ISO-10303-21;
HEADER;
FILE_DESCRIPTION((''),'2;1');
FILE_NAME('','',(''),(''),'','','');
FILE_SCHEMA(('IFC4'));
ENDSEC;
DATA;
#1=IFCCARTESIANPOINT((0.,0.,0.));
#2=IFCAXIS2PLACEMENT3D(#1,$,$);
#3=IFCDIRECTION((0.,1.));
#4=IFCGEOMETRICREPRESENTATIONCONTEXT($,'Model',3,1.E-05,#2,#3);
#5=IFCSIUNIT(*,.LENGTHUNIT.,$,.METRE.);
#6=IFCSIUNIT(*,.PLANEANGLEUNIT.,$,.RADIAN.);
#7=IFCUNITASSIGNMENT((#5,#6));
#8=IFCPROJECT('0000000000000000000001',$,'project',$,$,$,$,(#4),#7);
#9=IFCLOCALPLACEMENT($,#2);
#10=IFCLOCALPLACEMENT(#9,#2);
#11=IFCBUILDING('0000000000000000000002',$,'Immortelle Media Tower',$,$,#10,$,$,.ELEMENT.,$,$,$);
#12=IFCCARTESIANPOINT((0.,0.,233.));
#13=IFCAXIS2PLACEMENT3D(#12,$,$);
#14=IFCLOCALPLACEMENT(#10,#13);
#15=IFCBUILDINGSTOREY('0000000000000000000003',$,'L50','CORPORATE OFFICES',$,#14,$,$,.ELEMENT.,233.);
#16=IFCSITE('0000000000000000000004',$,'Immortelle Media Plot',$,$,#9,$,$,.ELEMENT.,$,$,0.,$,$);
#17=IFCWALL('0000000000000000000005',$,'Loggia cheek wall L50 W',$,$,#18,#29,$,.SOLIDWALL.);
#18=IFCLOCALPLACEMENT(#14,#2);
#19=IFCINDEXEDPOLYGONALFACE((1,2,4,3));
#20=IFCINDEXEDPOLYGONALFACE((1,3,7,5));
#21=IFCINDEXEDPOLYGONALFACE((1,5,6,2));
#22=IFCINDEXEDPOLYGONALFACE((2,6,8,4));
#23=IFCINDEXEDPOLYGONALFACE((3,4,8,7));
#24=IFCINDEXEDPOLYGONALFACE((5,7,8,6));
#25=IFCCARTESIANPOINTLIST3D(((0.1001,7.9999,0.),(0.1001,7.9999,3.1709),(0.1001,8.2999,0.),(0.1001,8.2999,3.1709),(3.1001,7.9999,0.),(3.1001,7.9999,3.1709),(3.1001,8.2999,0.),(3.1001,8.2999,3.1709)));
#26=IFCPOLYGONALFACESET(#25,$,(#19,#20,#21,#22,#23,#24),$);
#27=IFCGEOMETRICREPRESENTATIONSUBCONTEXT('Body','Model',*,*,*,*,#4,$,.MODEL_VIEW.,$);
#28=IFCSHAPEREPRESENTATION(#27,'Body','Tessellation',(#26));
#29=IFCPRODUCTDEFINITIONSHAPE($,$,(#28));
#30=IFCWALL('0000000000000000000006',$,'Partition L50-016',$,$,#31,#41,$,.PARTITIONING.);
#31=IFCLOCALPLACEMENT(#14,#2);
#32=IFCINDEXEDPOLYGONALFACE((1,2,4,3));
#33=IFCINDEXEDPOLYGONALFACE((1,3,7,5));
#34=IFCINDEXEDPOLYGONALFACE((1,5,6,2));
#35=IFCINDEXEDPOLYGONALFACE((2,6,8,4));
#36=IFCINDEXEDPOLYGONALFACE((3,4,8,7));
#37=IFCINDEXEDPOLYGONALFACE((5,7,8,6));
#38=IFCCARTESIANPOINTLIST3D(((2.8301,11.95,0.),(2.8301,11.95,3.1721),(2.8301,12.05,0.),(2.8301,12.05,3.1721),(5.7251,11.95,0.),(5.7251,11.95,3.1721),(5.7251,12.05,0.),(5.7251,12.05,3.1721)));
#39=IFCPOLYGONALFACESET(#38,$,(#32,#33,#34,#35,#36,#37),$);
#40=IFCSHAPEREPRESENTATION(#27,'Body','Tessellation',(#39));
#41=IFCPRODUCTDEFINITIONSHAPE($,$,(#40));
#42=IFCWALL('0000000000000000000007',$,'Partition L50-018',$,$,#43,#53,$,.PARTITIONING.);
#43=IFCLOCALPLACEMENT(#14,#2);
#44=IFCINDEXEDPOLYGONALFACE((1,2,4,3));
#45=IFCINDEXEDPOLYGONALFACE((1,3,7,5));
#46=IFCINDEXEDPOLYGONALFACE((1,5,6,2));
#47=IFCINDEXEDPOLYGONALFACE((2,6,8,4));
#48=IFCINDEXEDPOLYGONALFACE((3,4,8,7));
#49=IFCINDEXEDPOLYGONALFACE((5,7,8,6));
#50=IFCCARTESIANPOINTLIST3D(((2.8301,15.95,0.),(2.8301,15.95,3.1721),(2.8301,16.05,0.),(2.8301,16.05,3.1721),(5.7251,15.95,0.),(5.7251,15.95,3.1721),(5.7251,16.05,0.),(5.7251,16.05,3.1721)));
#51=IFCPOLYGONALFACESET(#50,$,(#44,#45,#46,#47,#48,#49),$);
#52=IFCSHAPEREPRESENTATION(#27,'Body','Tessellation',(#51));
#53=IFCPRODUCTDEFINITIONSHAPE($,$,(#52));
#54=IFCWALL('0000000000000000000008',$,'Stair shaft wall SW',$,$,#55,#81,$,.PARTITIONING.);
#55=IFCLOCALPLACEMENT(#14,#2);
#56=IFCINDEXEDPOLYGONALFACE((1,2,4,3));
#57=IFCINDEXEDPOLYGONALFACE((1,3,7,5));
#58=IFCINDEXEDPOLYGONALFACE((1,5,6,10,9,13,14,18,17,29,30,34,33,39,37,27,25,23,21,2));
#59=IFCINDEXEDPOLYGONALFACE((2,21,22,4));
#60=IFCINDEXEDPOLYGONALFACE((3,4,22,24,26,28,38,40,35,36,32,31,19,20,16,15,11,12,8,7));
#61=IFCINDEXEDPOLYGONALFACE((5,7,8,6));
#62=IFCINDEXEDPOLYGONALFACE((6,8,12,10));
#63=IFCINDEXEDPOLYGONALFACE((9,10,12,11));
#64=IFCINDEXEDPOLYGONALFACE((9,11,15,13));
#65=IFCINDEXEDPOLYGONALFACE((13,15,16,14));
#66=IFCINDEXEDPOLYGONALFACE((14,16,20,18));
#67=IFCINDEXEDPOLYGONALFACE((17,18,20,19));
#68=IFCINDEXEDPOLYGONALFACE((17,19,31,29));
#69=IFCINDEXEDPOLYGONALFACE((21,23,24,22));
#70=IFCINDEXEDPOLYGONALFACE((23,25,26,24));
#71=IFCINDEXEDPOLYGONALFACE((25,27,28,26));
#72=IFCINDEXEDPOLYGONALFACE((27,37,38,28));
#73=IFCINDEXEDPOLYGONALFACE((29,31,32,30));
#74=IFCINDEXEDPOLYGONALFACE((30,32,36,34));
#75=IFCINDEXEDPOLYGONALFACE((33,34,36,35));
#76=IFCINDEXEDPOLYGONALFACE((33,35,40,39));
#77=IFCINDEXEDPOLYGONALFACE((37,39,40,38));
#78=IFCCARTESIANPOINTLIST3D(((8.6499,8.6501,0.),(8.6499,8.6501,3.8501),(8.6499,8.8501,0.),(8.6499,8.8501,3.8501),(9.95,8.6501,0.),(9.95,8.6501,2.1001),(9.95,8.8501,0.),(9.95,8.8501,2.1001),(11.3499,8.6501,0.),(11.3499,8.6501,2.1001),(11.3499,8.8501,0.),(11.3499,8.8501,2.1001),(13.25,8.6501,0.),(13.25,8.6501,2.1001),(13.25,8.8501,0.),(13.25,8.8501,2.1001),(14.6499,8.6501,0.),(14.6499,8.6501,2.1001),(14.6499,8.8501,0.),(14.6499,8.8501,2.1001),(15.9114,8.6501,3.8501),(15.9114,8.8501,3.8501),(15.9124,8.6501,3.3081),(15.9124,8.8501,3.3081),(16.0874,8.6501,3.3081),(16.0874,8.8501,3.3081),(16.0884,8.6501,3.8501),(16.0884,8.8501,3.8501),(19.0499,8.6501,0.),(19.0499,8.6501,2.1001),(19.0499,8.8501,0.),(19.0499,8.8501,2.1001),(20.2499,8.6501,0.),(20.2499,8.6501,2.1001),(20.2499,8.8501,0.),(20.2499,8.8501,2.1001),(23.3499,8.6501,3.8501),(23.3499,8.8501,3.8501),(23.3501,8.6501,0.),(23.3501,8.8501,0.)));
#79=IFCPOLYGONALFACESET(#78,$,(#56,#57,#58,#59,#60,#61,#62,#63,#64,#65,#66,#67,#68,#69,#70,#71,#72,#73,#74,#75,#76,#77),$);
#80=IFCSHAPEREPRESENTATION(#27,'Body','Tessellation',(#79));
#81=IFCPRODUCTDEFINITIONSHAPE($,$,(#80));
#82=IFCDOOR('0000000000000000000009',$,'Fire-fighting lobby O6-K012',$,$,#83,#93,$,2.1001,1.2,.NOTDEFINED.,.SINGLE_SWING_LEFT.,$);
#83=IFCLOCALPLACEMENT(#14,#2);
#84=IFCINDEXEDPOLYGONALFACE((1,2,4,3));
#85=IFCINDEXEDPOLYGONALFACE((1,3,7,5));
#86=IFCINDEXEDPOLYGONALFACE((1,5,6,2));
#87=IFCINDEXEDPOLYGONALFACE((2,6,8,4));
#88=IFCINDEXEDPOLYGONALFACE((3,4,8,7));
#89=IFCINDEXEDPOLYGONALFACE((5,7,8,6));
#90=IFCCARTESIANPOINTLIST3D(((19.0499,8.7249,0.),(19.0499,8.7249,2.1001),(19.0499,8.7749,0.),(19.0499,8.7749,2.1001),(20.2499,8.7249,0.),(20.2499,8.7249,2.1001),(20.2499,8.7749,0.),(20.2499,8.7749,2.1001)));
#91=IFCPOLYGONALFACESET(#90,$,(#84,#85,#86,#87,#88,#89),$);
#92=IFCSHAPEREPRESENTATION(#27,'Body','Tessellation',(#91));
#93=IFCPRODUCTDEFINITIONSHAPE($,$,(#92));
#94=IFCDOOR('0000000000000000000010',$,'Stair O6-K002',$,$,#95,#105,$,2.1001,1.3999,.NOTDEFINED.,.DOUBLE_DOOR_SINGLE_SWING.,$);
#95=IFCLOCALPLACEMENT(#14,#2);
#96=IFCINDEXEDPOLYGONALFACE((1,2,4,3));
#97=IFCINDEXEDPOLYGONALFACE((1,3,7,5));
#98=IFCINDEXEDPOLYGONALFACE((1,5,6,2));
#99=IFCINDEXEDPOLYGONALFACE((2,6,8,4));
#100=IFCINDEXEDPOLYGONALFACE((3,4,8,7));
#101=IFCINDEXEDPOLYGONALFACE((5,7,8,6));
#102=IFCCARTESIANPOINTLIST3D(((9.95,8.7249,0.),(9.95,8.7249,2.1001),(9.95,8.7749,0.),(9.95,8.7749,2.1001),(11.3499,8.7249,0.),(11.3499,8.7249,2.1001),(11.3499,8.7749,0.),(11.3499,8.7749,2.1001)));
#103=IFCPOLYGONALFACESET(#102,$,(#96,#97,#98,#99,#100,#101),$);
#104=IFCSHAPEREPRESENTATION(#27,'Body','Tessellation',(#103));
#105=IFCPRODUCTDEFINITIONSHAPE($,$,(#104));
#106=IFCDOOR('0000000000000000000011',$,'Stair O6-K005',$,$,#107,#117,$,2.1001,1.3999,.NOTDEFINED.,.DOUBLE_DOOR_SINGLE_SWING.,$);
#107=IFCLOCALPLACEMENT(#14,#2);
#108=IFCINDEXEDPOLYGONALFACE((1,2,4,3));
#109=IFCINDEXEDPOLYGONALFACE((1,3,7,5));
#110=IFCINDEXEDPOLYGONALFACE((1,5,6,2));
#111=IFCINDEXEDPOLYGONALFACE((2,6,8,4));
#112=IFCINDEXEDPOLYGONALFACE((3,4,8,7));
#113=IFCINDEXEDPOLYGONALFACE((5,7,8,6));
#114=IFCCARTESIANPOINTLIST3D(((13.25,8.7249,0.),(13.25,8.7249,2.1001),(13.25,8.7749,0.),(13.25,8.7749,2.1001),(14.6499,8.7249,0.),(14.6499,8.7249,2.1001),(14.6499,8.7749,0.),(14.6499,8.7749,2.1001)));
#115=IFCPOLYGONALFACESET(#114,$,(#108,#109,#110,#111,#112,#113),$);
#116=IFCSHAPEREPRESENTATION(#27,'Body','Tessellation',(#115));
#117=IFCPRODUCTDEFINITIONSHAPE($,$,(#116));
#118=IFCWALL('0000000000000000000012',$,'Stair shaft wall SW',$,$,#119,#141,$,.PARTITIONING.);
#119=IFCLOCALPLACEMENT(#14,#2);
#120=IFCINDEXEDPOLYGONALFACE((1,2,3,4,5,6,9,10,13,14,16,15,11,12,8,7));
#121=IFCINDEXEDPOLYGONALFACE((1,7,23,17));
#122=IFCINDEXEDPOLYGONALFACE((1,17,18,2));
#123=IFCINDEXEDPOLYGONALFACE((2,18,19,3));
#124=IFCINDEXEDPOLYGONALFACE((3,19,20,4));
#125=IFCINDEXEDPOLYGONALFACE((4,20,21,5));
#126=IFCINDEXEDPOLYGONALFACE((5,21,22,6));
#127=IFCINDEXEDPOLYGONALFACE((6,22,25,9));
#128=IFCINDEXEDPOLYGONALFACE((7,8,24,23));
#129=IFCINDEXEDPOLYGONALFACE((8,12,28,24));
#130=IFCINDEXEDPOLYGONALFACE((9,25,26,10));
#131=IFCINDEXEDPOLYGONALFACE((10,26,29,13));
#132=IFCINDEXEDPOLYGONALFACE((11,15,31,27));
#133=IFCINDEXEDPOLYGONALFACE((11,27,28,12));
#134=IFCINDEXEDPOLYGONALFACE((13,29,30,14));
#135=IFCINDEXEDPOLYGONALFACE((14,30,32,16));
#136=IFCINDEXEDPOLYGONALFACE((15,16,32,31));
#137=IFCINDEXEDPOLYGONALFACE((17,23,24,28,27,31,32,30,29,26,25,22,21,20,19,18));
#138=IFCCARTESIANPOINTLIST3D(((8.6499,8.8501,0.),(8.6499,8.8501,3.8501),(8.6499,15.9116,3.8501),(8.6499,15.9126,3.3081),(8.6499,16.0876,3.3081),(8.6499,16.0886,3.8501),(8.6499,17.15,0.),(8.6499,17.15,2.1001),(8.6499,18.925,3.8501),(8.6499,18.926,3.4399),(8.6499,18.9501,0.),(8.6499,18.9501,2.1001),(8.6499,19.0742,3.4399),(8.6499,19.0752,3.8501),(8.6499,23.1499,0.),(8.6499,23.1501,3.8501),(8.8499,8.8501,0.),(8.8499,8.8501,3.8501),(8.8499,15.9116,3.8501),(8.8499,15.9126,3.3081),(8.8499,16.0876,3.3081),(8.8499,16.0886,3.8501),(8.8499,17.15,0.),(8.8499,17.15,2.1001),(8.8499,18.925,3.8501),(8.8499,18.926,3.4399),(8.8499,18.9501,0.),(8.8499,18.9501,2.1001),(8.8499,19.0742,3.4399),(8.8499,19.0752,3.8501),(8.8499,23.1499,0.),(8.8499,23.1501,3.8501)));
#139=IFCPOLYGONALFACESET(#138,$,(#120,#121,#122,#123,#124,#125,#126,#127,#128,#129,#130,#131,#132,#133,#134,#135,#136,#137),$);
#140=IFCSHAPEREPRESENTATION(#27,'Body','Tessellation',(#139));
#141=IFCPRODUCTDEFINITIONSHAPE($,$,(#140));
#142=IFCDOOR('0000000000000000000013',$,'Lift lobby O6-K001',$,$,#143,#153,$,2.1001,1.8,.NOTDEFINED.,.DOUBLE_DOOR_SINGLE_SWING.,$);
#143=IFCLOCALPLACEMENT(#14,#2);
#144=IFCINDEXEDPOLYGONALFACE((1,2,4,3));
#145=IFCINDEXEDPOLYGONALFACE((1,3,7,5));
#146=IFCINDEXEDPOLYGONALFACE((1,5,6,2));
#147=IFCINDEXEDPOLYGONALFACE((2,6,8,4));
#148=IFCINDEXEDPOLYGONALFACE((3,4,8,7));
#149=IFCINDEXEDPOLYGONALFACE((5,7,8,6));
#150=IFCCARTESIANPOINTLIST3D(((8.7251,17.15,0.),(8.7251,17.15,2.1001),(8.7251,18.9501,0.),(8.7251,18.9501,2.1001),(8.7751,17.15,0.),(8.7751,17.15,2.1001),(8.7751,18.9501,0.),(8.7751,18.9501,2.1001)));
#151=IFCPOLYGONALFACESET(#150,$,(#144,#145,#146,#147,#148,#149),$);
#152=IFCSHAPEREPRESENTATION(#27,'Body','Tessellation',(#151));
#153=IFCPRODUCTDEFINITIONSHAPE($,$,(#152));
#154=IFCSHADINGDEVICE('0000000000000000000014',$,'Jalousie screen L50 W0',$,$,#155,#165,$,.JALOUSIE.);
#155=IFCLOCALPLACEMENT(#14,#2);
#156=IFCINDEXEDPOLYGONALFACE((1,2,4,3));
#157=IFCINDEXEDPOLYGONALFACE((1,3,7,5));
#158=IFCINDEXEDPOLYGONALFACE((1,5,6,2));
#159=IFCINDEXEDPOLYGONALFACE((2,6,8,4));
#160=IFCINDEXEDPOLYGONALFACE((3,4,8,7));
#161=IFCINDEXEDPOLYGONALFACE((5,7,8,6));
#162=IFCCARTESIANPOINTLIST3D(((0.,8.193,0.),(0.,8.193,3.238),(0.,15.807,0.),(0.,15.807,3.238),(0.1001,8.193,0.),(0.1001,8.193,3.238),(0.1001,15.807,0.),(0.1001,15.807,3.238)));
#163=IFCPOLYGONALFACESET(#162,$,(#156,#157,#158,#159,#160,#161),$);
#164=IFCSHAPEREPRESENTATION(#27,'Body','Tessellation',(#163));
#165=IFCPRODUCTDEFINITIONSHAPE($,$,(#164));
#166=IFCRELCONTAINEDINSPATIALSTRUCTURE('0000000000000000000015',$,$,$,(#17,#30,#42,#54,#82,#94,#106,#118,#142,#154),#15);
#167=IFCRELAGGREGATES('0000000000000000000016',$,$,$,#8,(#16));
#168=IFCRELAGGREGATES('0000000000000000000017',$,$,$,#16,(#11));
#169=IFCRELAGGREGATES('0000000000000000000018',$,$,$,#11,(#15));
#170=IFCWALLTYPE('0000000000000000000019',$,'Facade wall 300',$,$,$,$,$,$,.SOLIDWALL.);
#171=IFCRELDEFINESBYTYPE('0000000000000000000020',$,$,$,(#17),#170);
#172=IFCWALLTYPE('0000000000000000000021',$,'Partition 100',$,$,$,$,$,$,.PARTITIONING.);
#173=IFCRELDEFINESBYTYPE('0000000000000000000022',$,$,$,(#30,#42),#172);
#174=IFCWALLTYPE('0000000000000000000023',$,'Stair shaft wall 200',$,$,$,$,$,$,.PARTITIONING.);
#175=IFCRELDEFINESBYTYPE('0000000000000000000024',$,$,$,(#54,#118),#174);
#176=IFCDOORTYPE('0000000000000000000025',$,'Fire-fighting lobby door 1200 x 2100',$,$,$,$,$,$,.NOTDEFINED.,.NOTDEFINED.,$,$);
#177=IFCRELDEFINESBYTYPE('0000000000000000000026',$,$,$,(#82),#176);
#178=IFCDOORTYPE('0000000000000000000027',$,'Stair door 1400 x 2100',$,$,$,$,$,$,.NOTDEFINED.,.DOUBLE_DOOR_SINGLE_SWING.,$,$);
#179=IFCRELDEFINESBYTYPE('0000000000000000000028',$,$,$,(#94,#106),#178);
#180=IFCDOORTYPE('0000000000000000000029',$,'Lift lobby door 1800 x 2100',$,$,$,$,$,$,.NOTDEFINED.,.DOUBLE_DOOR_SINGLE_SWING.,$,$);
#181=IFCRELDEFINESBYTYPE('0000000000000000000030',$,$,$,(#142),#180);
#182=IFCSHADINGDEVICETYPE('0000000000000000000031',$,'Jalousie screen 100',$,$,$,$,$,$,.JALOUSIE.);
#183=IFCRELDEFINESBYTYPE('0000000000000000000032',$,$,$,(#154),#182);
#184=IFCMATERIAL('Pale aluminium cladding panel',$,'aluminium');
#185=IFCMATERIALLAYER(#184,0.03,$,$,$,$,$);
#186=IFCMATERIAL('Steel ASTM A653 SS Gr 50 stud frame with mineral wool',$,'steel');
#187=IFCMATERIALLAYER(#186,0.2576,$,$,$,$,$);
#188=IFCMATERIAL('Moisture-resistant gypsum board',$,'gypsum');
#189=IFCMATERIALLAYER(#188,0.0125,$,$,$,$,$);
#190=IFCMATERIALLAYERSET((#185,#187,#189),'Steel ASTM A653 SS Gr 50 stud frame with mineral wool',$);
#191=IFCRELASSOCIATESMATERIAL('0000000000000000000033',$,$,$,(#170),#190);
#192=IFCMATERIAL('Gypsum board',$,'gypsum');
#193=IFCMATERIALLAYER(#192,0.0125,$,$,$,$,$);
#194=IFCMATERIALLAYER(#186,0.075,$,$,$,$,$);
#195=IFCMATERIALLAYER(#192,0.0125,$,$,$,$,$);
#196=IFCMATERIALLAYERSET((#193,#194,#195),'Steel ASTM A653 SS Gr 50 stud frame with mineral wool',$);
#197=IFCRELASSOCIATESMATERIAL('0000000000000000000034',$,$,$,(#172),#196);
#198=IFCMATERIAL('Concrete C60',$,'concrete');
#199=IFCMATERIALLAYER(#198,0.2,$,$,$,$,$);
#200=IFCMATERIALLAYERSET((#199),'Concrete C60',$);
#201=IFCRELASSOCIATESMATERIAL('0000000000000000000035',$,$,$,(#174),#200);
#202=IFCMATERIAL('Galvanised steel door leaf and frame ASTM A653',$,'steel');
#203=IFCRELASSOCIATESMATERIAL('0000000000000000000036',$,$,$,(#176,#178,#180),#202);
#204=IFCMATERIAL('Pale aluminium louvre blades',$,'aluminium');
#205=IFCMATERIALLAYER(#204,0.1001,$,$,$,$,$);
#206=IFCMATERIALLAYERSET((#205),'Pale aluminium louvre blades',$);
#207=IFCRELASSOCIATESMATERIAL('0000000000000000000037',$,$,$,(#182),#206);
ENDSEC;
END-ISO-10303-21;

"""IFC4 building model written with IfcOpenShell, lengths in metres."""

from ifc_helpers import new_model, si_unit, direction, frame, frame_2d, origin, origin_2d, place, context, subcontext, project, spatial, polyline, rectangle, outline, extrude, material, layer, layer_set, type_object, element, fill, save


model = new_model("IFC4")

# Units and contexts
model_context = context("Model", 3, precision=1e-05, world=origin(), true_north=direction((0.0, 1.0)))
body_context = subcontext(model_context, "Body", "Model", "MODEL_VIEW")
ifc_project = project(units=[si_unit("LENGTHUNIT", "METRE"), si_unit("PLANEANGLEUNIT", "RADIAN")], contexts=[model_context])

# Site, building, storey
site_placement = place(None, origin())
site = spatial("IfcSite", under=ifc_project, at=site_placement, Name="Immortelle Media Plot", CompositionType="ELEMENT", RefElevation=0.0)
building_placement = place(site_placement, origin())
building = spatial("IfcBuilding", under=site, at=building_placement, Name="Immortelle Media Tower", CompositionType="ELEMENT")
storey_placement = place(building_placement, frame((0.0, 0.0, 233.0)))
storey = spatial("IfcBuildingStorey", under=building, at=storey_placement, Name="L50", Description="CORPORATE OFFICES", CompositionType="ELEMENT", Elevation=233.0)

# Shared definitions
ifc_material_1 = material(Name="Pale aluminium cladding panel", Category="aluminium")
ifc_layer_1 = layer(ifc_material_1, 0.03)
ifc_material_2 = material(Name="Steel ASTM A653 SS Gr 50 stud frame with mineral wool", Category="steel")
ifc_layer_2 = layer(ifc_material_2, 0.2576)
ifc_material_3 = material(Name="Moisture-resistant gypsum board", Category="gypsum")
ifc_layer_3 = layer(ifc_material_3, 0.0125)
ifc_layer_set_1 = layer_set([ifc_layer_1, ifc_layer_2, ifc_layer_3], Name="Steel ASTM A653 SS Gr 50 stud frame with mineral wool")
wall_type_1 = type_object("IfcWallType", Name="Facade wall 300", PredefinedType="SOLIDWALL", material=ifc_layer_set_1)

# Walls
for number, where, z_axis, x_axis, name in (
    (1, (0.1001, 8.1499, 0.0), (0.0, 0.0, 1.0), (1.0, 0.0, 0.0), "Loggia cheek wall L50 W"),
):
    element("IfcWall", number, at=place(storey_placement, frame(where, z_axis=z_axis, x_axis=x_axis)), inside=storey, type_object=wall_type_1, Name=name, PredefinedType="SOLIDWALL", context=body_context, shape_type="SweptSolid", body=[
        extrude(rectangle(XDim=3.0, YDim=0.3, at=frame_2d((1.5, 0.0))), origin(), (0.0, 0.0, 1.0), 3.1709),
    ])
ifc_material_4 = material(Name="Gypsum board", Category="gypsum")
ifc_layer_4 = layer(ifc_material_4, 0.0125)
ifc_layer_5 = layer(ifc_material_2, 0.075)
ifc_layer_6 = layer(ifc_material_4, 0.0125)
ifc_layer_set_2 = layer_set([ifc_layer_4, ifc_layer_5, ifc_layer_6], Name="Steel ASTM A653 SS Gr 50 stud frame with mineral wool")
wall_type_2 = type_object("IfcWallType", Name="Partition 100", PredefinedType="PARTITIONING", material=ifc_layer_set_2)
for number, where, z_axis, x_axis, name in (
    (2, (2.8301, 12.0, 0.0), (0.0, 0.0, 1.0), (1.0, 0.0, 0.0), "Partition L50-016"),
    (3, (2.8301, 16.0, 0.0), (0.0, 0.0, 1.0), (1.0, 0.0, 0.0), "Partition L50-018"),
):
    element("IfcWall", number, at=place(storey_placement, frame(where, z_axis=z_axis, x_axis=x_axis)), inside=storey, type_object=wall_type_2, Name=name, PredefinedType="PARTITIONING", context=body_context, shape_type="SweptSolid", body=[
        extrude(rectangle(XDim=2.895, YDim=0.1001, at=frame_2d((1.4475, 0.0))), origin(), (0.0, 0.0, 1.0), 3.1721),
    ])

# Wall, openings, doors
ifc_material_5 = material(Name="Concrete C60", Category="concrete")
ifc_layer_7 = layer(ifc_material_5, 0.2)
ifc_layer_set_3 = layer_set([ifc_layer_7], Name="Concrete C60")
wall_type_3 = type_object("IfcWallType", Name="Stair shaft wall 200", PredefinedType="PARTITIONING", material=ifc_layer_set_3)
wall_1_placement = place(storey_placement, frame((8.6499, 8.75, 0.0), z_axis=(0.0, 0.0, 1.0), x_axis=(1.0, 0.0, 0.0)))
wall_1 = element("IfcWall", 4, at=wall_1_placement, inside=storey, type_object=wall_type_3, Name="Stair shaft wall SW", PredefinedType="PARTITIONING", context=body_context, shape_type="SweptSolid", body=[
    extrude(outline(polyline([(0.0, 0.0), (14.7002, 0.0), (14.7, 3.8501), (7.4385, 3.8501), (7.4375, 3.3081), (7.2625, 3.3081), (7.2615, 3.8501), (0.0, 3.8501), (0.0, 0.0)])), frame((0.0, 0.1001, 0.0), z_axis=(0.0, -1.0, 0.0), x_axis=(1.0, 0.0, 0.0)), (0.0, 0.0, 1.0), 0.2),
])
opening_1_placement = place(wall_1_placement, frame((1.3, 0.0, 0.0)))
opening_1 = element("IfcOpeningElement", 5, at=opening_1_placement, cuts=wall_1, PredefinedType="OPENING", context=body_context, shape_type="SweptSolid", body=[
    extrude(rectangle(XDim=1.3999, YDim=2.1001, at=frame_2d((0.7, 1.05))), frame((0.0, 0.1099, 0.0), z_axis=(0.0, -1.0, 0.0), x_axis=(1.0, 0.0, 0.0)), (0.0, 0.0, 1.0), 0.22),
])
opening_2_placement = place(wall_1_placement, frame((4.6001, 0.0, 0.0)))
opening_2 = element("IfcOpeningElement", 6, at=opening_2_placement, cuts=wall_1, PredefinedType="OPENING", context=body_context, shape_type="SweptSolid", body=[
    extrude(rectangle(XDim=1.3999, YDim=2.1001, at=frame_2d((0.7, 1.05))), frame((0.0, 0.1099, 0.0), z_axis=(0.0, -1.0, 0.0), x_axis=(1.0, 0.0, 0.0)), (0.0, 0.0, 1.0), 0.22),
])
opening_3_placement = place(wall_1_placement, frame((10.3999, 0.0, 0.0)))
opening_3 = element("IfcOpeningElement", 7, at=opening_3_placement, cuts=wall_1, PredefinedType="OPENING", context=body_context, shape_type="SweptSolid", body=[
    extrude(rectangle(XDim=1.2, YDim=2.1001, at=frame_2d((0.6001, 1.05))), frame((0.0, 0.1099, 0.0), z_axis=(0.0, -1.0, 0.0), x_axis=(1.0, 0.0, 0.0)), (0.0, 0.0, 1.0), 0.22),
])
ifc_material_6 = material(Name="Galvanised steel door leaf and frame ASTM A653", Category="steel")
door_type_1 = type_object("IfcDoorType", Name="Fire-fighting lobby door 1200 x 2100", OperationType="NOTDEFINED", PredefinedType="NOTDEFINED", material=ifc_material_6)
door_1_placement = place(opening_3_placement, origin())
door_1 = element("IfcDoor", 8, at=door_1_placement, inside=storey, type_object=door_type_1, Name="Fire-fighting lobby O6-K012", OperationType="SINGLE_SWING_LEFT", OverallHeight=2.1001, OverallWidth=1.2, PredefinedType="NOTDEFINED", context=body_context, shape_type="SweptSolid", body=[
    extrude(rectangle(XDim=1.2, YDim=2.1001, at=frame_2d((0.6001, 1.05))), frame((0.0, 0.0249, 0.0), z_axis=(0.0, -1.0, 0.0), x_axis=(1.0, 0.0, 0.0)), (0.0, 0.0, 1.0), 0.05),
])
fill(opening_3, door_1)
door_type_2 = type_object("IfcDoorType", Name="Stair door 1400 x 2100", OperationType="DOUBLE_DOOR_SINGLE_SWING", PredefinedType="NOTDEFINED", material=ifc_material_6)
door_2_placement = place(opening_1_placement, origin())
door_2 = element("IfcDoor", 9, at=door_2_placement, inside=storey, type_object=door_type_2, Name="Stair O6-K002", OperationType="DOUBLE_DOOR_SINGLE_SWING", OverallHeight=2.1001, OverallWidth=1.3999, PredefinedType="NOTDEFINED", context=body_context, shape_type="SweptSolid", body=[
    extrude(rectangle(XDim=1.3999, YDim=2.1001, at=frame_2d((0.7, 1.05))), frame((0.0, 0.0249, 0.0), z_axis=(0.0, -1.0, 0.0), x_axis=(1.0, 0.0, 0.0)), (0.0, 0.0, 1.0), 0.05),
])
fill(opening_1, door_2)
door_3_placement = place(opening_2_placement, origin())
door_3 = element("IfcDoor", 10, at=door_3_placement, inside=storey, type_object=door_type_2, Name="Stair O6-K005", OperationType="DOUBLE_DOOR_SINGLE_SWING", OverallHeight=2.1001, OverallWidth=1.3999, PredefinedType="NOTDEFINED", context=body_context, shape_type="SweptSolid", body=[
    extrude(rectangle(XDim=1.3999, YDim=2.1001, at=frame_2d((0.7, 1.05))), frame((0.0, 0.0249, 0.0), z_axis=(0.0, -1.0, 0.0), x_axis=(1.0, 0.0, 0.0)), (0.0, 0.0, 1.0), 0.05),
])
fill(opening_2, door_3)

# Wall, opening, door
wall_2_placement = place(storey_placement, frame((8.75, 8.8501, 0.0), z_axis=(0.0, 0.0, 1.0), x_axis=(0.0, 1.0, 0.0)))
wall_2 = element("IfcWall", 11, at=wall_2_placement, inside=storey, type_object=wall_type_3, Name="Stair shaft wall SW", PredefinedType="PARTITIONING", context=body_context, shape_type="SweptSolid", body=[
    extrude(outline(polyline([(0.0, 0.0), (14.2998, 0.0), (14.3, 3.8501), (10.2251, 3.8501), (10.2241, 3.4399), (10.0759, 3.4399), (10.075, 3.8501), (7.2385, 3.8501), (7.2375, 3.3081), (7.0625, 3.3081), (7.0615, 3.8501), (0.0, 3.8501), (0.0, 0.0)])), frame((0.0, 0.1001, 0.0), z_axis=(0.0, -1.0, 0.0), x_axis=(1.0, 0.0, 0.0)), (0.0, 0.0, 1.0), 0.2),
])
opening_4_placement = place(wall_2_placement, frame((8.3, 0.0, 0.0)))
opening_4 = element("IfcOpeningElement", 12, at=opening_4_placement, cuts=wall_2, PredefinedType="OPENING", context=body_context, shape_type="SweptSolid", body=[
    extrude(rectangle(XDim=1.8, YDim=2.1001, at=frame_2d((0.8999, 1.05))), frame((0.0, 0.1099, 0.0), z_axis=(0.0, -1.0, 0.0), x_axis=(1.0, 0.0, 0.0)), (0.0, 0.0, 1.0), 0.22),
])
door_type_3 = type_object("IfcDoorType", Name="Lift lobby door 1800 x 2100", OperationType="DOUBLE_DOOR_SINGLE_SWING", PredefinedType="NOTDEFINED", material=ifc_material_6)
door_4_placement = place(opening_4_placement, origin())
door_4 = element("IfcDoor", 13, at=door_4_placement, inside=storey, type_object=door_type_3, Name="Lift lobby O6-K001", OperationType="DOUBLE_DOOR_SINGLE_SWING", OverallHeight=2.1001, OverallWidth=1.8, PredefinedType="NOTDEFINED", context=body_context, shape_type="SweptSolid", body=[
    extrude(rectangle(XDim=1.8, YDim=2.1001, at=frame_2d((0.8999, 1.05))), frame((0.0, 0.0249, 0.0), z_axis=(0.0, -1.0, 0.0), x_axis=(1.0, 0.0, 0.0)), (0.0, 0.0, 1.0), 0.05),
])
fill(opening_4, door_4)

# Shading device
ifc_material_7 = material(Name="Pale aluminium louvre blades", Category="aluminium")
ifc_layer_8 = layer(ifc_material_7, 0.1001)
ifc_layer_set_4 = layer_set([ifc_layer_8], Name="Pale aluminium louvre blades")
shading_device_type_1 = type_object("IfcShadingDeviceType", Name="Jalousie screen 100", PredefinedType="JALOUSIE", material=ifc_layer_set_4)
shading_device_1_placement = place(storey_placement, frame((0.05, 12.0, 0.0), z_axis=(0.0, 0.0, 1.0), x_axis=(0.0, -1.0, 0.0)))
element("IfcShadingDevice", 14, at=shading_device_1_placement, inside=storey, type_object=shading_device_type_1, Name="Jalousie screen L50 W0", PredefinedType="JALOUSIE", context=body_context, shape_type="SweptSolid", body=[
    extrude(rectangle(XDim=7.614, YDim=0.1001, at=origin_2d()), origin(), (0.0, 0.0, 1.0), 3.238),
])

save(model, "model.ifc")
